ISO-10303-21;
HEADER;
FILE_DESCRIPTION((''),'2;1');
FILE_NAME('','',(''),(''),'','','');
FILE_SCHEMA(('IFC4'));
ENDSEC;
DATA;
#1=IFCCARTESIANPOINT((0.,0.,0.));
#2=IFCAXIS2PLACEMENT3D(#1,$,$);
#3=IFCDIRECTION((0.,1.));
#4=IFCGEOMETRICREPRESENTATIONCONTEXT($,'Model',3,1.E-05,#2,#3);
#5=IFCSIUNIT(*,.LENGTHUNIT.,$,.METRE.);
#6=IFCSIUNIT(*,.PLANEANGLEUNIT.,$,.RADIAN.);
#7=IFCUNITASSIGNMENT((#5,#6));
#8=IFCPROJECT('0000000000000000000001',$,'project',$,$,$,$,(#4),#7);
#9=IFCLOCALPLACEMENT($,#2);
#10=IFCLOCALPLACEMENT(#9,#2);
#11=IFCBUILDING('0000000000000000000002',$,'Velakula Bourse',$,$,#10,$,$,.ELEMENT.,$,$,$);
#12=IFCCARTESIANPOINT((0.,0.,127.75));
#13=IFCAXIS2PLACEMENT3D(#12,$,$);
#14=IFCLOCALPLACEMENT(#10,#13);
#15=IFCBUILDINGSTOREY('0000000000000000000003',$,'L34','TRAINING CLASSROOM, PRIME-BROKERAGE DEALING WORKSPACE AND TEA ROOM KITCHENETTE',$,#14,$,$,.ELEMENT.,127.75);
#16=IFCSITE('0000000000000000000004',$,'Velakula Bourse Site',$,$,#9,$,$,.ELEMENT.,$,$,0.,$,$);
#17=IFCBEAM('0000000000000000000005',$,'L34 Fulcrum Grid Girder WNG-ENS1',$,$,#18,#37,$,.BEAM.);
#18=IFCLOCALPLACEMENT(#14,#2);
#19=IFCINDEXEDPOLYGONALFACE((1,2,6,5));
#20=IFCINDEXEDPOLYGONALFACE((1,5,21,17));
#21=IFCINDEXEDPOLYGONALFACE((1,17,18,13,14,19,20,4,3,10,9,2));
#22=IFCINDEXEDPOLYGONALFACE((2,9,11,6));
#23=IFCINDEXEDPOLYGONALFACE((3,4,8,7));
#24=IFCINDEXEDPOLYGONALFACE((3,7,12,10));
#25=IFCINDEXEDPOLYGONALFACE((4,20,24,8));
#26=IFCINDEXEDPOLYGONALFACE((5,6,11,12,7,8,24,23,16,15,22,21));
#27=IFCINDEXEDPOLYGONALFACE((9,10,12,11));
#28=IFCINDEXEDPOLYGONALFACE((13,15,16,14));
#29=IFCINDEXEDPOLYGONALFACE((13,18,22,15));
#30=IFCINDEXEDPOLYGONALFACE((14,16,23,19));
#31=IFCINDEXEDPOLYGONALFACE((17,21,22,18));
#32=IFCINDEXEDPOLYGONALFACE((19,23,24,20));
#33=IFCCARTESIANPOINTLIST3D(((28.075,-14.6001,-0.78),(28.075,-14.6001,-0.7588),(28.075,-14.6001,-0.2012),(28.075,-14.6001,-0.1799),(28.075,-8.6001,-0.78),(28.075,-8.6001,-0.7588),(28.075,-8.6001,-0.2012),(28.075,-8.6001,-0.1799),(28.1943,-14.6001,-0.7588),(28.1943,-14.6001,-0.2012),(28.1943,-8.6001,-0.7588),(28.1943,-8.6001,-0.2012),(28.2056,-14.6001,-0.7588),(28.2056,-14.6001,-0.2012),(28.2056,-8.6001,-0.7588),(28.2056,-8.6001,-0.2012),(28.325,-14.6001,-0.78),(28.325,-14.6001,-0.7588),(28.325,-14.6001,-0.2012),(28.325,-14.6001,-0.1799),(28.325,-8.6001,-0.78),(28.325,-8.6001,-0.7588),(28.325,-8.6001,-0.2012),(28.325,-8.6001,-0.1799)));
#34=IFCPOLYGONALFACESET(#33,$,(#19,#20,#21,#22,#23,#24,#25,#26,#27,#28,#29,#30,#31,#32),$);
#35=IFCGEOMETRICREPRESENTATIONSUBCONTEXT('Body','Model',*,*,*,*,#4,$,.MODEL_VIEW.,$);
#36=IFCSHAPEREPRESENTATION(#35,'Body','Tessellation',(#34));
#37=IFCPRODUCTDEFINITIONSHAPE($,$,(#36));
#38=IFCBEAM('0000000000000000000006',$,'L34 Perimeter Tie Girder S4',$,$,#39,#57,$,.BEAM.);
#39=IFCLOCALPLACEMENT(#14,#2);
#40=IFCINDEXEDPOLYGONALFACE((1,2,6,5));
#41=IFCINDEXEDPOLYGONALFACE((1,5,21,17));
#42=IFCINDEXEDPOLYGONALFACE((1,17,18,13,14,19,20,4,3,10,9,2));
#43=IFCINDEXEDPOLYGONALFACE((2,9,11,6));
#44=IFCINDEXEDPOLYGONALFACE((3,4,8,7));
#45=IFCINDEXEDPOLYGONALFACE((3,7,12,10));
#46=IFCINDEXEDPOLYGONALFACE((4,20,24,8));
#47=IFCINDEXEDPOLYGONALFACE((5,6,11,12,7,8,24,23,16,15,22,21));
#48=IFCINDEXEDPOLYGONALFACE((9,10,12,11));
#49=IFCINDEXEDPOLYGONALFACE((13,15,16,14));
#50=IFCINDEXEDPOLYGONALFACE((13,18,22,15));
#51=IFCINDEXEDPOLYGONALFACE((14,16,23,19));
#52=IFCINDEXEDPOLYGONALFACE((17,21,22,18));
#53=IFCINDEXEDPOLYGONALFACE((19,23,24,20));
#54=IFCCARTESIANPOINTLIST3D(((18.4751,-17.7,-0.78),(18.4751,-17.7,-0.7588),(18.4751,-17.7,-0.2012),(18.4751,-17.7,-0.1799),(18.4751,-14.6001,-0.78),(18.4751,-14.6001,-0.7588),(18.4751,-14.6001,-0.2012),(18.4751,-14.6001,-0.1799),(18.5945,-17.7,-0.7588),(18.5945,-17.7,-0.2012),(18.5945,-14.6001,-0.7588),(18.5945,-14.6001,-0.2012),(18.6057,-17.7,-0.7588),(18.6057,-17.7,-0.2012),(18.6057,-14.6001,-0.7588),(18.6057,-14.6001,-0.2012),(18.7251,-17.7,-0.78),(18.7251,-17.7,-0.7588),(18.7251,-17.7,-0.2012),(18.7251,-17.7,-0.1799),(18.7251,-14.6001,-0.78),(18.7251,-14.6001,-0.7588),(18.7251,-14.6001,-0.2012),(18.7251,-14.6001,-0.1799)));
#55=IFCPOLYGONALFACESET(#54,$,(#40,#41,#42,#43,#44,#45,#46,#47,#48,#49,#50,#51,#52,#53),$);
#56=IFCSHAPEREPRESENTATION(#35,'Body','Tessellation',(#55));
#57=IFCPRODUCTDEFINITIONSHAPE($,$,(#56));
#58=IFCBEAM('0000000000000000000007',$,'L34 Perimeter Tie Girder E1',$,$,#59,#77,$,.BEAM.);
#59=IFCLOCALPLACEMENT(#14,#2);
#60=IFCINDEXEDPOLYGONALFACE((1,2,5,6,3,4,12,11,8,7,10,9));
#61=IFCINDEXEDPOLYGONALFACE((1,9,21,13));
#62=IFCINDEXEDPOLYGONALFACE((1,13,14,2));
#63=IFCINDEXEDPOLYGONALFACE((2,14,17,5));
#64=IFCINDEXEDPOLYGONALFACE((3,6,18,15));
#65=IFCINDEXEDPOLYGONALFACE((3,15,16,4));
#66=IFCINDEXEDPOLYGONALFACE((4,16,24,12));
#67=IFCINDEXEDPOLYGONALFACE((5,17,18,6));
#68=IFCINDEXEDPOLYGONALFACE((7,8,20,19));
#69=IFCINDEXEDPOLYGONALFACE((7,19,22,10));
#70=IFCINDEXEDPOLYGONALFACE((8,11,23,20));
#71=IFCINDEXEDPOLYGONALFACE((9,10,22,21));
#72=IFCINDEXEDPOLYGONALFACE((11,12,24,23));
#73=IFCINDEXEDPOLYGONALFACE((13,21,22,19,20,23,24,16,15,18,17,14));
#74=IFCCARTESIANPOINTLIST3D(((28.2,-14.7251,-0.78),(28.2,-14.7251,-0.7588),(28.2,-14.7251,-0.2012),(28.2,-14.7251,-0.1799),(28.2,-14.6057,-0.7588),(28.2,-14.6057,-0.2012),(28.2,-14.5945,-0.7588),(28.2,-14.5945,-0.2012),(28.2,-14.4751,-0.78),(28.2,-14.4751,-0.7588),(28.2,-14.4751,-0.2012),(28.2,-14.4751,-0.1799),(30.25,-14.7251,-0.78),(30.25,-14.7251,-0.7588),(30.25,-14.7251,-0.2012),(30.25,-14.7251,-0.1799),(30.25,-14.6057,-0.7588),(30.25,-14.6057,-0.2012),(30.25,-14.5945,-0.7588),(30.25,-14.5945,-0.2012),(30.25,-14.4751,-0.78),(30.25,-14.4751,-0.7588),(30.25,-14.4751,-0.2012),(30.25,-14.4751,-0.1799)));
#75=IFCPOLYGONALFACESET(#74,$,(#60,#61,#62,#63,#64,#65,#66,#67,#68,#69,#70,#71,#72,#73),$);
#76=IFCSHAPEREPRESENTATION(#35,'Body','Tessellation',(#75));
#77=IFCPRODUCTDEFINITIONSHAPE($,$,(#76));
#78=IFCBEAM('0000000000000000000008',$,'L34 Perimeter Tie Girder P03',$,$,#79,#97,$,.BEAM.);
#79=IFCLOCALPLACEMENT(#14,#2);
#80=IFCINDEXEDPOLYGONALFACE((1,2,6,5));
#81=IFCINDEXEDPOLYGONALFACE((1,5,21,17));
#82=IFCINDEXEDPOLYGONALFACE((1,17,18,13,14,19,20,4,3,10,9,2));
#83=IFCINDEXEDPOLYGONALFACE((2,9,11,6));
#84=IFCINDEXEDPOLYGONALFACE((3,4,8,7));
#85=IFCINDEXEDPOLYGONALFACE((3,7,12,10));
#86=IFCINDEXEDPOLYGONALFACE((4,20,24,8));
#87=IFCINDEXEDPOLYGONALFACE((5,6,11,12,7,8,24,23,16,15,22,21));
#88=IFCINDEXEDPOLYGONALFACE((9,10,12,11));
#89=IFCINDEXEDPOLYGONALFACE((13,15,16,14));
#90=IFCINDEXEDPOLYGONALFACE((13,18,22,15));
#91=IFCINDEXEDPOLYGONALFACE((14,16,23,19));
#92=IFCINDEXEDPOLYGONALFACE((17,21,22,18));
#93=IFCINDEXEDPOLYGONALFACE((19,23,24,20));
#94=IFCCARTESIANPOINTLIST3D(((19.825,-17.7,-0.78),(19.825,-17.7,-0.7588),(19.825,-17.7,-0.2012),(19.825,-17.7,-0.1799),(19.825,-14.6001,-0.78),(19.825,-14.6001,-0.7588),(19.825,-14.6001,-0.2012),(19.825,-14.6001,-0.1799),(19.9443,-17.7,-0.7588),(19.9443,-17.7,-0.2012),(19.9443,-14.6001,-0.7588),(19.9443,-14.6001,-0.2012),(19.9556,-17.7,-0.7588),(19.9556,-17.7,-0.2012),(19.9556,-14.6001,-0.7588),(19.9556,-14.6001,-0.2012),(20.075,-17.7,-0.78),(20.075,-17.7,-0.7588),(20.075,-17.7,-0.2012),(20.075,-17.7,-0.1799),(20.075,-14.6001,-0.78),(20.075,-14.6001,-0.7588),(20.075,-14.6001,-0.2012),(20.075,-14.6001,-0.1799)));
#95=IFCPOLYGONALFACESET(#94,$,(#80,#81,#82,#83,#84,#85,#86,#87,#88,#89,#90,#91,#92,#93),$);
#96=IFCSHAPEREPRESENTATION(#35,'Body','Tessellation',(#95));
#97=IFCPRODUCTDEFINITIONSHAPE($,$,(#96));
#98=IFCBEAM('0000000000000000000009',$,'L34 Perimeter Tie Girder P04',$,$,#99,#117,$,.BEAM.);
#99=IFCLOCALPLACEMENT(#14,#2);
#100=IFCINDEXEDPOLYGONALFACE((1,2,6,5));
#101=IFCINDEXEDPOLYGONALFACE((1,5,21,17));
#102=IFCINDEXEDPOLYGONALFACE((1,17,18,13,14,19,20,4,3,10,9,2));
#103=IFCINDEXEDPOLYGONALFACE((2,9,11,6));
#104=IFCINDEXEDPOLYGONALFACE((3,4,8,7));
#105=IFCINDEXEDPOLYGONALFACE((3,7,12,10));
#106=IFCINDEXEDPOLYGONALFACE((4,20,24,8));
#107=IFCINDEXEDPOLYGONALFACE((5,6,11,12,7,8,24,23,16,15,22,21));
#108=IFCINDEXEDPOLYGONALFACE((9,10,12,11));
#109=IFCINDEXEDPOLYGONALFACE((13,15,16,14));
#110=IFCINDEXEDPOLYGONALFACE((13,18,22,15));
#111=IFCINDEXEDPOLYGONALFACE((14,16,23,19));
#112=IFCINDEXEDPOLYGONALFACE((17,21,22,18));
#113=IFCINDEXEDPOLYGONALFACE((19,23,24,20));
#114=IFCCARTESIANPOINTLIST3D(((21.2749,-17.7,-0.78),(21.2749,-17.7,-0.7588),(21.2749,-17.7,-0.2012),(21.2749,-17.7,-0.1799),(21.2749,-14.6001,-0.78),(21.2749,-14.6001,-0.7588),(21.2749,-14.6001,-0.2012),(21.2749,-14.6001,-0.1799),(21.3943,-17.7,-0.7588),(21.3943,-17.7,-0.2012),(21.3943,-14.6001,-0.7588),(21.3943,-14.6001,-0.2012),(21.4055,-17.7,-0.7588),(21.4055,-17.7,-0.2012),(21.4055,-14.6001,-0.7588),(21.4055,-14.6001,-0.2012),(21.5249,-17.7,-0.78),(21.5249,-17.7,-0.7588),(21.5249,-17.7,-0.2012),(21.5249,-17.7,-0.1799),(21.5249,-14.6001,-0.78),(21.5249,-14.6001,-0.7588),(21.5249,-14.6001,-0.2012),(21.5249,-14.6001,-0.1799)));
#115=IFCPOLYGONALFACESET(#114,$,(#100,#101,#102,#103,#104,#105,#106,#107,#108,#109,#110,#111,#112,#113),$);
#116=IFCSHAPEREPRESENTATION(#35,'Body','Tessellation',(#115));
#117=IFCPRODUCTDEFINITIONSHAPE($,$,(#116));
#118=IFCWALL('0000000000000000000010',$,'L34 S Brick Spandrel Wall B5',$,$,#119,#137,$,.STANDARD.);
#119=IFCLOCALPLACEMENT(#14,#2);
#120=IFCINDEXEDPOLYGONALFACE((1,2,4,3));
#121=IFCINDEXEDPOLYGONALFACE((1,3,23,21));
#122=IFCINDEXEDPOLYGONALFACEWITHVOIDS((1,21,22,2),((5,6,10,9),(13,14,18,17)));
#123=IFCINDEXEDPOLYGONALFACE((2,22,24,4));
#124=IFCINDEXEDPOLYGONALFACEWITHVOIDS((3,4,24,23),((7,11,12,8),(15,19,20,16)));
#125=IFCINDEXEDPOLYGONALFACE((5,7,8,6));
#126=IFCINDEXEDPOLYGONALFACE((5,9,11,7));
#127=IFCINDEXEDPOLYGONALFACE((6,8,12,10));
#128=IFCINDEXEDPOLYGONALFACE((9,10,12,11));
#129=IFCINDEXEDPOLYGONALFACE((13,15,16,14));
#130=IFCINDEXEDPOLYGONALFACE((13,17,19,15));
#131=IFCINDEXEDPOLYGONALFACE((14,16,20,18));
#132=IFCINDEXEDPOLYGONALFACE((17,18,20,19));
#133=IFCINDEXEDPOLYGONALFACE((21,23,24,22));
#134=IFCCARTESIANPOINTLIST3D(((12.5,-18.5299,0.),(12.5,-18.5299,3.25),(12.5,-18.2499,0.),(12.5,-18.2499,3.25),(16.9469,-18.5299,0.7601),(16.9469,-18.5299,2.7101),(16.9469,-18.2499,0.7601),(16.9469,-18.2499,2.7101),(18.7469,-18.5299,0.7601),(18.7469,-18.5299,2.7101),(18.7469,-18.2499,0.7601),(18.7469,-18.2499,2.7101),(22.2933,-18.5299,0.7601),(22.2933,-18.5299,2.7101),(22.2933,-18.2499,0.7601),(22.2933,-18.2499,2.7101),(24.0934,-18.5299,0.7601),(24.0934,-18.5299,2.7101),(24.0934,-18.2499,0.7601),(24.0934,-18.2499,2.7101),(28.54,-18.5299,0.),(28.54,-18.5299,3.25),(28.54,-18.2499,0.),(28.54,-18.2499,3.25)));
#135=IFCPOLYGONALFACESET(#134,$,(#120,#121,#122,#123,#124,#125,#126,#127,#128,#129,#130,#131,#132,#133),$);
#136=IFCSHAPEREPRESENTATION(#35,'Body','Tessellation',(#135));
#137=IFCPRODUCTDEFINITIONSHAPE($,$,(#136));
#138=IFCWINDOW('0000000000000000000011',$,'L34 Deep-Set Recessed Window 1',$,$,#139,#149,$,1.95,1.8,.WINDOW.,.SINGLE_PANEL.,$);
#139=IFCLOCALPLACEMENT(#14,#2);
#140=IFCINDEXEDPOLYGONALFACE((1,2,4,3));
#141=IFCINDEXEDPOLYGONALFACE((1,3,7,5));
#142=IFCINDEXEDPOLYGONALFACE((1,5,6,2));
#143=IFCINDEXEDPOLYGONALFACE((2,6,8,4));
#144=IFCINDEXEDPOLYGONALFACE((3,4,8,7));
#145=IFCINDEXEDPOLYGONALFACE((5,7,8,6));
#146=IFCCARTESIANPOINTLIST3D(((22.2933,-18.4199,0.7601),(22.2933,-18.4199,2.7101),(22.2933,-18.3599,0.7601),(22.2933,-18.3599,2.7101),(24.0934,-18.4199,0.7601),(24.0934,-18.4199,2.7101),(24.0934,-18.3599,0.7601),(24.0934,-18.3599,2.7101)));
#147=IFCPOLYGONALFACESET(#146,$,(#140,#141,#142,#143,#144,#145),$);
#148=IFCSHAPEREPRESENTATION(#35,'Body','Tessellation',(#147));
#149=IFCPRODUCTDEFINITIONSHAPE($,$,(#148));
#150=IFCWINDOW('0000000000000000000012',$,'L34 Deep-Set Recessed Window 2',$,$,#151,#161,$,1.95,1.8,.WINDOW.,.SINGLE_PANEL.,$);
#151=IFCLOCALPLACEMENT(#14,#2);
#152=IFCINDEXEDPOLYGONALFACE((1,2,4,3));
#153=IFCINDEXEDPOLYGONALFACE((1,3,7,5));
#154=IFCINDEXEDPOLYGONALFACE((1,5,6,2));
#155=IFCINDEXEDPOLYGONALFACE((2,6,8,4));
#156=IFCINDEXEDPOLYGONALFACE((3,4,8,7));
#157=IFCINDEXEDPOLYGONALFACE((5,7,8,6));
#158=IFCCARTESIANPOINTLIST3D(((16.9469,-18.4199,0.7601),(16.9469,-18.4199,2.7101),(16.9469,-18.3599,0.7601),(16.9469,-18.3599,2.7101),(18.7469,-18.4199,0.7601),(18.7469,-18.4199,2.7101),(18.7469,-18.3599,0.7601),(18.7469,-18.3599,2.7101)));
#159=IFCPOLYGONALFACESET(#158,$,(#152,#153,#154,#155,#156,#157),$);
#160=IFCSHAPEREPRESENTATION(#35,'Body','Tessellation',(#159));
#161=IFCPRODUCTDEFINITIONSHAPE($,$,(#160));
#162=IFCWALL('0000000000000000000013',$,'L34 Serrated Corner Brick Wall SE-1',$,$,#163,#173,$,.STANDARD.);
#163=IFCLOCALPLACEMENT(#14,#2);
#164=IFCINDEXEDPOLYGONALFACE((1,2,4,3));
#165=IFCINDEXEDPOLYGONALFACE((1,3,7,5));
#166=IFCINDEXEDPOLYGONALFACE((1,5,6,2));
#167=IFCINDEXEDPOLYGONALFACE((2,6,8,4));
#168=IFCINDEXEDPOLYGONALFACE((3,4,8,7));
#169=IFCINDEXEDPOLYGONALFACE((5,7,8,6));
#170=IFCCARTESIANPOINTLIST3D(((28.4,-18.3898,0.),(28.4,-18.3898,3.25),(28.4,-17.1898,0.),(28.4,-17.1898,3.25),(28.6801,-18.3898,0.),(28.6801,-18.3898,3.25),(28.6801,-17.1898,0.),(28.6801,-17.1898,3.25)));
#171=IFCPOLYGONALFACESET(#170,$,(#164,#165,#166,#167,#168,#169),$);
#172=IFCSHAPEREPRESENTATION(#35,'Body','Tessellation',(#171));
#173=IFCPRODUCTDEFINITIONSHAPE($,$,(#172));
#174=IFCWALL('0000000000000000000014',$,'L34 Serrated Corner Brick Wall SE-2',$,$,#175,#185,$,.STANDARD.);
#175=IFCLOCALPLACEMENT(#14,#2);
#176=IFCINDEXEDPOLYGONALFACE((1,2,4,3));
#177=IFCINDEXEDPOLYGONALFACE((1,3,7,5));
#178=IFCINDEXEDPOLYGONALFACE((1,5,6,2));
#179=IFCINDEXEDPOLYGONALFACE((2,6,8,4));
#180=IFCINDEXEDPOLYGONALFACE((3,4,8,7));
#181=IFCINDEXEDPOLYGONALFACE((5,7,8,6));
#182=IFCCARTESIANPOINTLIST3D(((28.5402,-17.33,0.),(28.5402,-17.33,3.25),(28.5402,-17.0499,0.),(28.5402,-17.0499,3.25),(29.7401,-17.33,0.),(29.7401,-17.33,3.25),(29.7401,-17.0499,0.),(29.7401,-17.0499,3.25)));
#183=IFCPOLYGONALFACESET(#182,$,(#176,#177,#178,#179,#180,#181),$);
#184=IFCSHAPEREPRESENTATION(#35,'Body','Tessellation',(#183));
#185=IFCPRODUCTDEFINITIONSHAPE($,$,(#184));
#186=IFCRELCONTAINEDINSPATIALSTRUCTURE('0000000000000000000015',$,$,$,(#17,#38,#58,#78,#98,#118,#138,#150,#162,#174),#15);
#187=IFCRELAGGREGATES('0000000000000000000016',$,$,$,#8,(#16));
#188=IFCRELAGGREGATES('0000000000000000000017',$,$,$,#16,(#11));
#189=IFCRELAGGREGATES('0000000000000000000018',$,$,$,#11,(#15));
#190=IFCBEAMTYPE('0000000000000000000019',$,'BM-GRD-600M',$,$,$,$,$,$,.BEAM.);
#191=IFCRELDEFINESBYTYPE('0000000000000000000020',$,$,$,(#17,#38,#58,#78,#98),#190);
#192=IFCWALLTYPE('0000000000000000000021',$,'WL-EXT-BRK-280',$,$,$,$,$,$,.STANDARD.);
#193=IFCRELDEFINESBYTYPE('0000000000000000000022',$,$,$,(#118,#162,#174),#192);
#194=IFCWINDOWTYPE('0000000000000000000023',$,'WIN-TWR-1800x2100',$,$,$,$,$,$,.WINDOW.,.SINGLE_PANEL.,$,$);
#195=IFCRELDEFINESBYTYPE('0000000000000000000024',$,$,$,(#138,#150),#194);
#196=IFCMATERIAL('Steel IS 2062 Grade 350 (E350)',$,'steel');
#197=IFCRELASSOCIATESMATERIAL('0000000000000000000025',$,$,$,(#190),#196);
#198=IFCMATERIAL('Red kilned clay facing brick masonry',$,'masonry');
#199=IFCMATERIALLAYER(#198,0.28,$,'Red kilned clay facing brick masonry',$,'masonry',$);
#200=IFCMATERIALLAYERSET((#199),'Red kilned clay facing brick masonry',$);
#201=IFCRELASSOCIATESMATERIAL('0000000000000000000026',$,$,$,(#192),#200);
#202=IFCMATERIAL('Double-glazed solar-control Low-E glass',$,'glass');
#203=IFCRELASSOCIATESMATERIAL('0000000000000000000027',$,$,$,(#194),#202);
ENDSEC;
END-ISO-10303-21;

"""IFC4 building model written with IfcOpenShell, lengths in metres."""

from ifc_helpers import new_model, si_unit, direction, frame, frame_2d, origin, origin_2d, place, context, subcontext, project, spatial, rectangle, i_section, extrude, material, layer, layer_set, material_profile, profile_set, type_object, element, fill, save


model = new_model("IFC4")

# Units and contexts
model_context = context("Model", 3, precision=1e-05, world=origin(), true_north=direction((0.0, 1.0)))
body_context = subcontext(model_context, "Body", "Model", "MODEL_VIEW")
ifc_project = project(units=[si_unit("LENGTHUNIT", "METRE"), si_unit("PLANEANGLEUNIT", "RADIAN")], contexts=[model_context])

# Site, building, storey
site_placement = place(None, origin())
site = spatial("IfcSite", under=ifc_project, at=site_placement, Name="Velakula Bourse Site", CompositionType="ELEMENT", RefElevation=0.0)
building_placement = place(site_placement, origin())
building = spatial("IfcBuilding", under=site, at=building_placement, Name="Velakula Bourse", CompositionType="ELEMENT")
storey_placement = place(building_placement, frame((0.0, 0.0, 127.75)))
storey = spatial("IfcBuildingStorey", under=building, at=storey_placement, Name="L34", Description="TRAINING CLASSROOM, PRIME-BROKERAGE DEALING WORKSPACE AND TEA ROOM KITCHENETTE", CompositionType="ELEMENT", Elevation=127.75)

# Shared definitions
ifc_material_1 = material(Name="Steel IS 2062 Grade 350 (E350)", Category="steel")

# Beams
ifc_material_profile_1 = material_profile(ifc_material_1, i_section(OverallWidth=0.25, OverallDepth=0.6001, WebThickness=0.0112, FlangeThickness=0.0212, at=origin_2d()), Name="Steel IS 2062 Grade 350 (E350)")
ifc_profile_set_1 = profile_set([ifc_material_profile_1], Name="Steel IS 2062 Grade 350 (E350)")
beam_type = type_object("IfcBeamType", Name="BM-GRD-600M", PredefinedType="BEAM", material=ifc_profile_set_1)
beam_1_placement = place(storey_placement, frame((28.2, -14.6001, -0.48), z_axis=(0.0, 1.0, 0.0), x_axis=(-1.0, 0.0, 0.0)))
element("IfcBeam", 1, at=beam_1_placement, inside=storey, type_object=beam_type, Name="L34 Fulcrum Grid Girder WNG-ENS1", PredefinedType="BEAM", context=body_context, shape_type="SweptSolid", body=[
    extrude(i_section(OverallWidth=0.25, OverallDepth=0.6001, WebThickness=0.0112, FlangeThickness=0.0212, at=origin_2d()), origin(), (0.0, 0.0, 1.0), 6.0),
])
beam_2_placement = place(storey_placement, frame((18.6001, -14.6001, -0.48), z_axis=(0.0, -1.0, 0.0), x_axis=(1.0, 0.0, 0.0)))
element("IfcBeam", 2, at=beam_2_placement, inside=storey, type_object=beam_type, Name="L34 Perimeter Tie Girder S4", PredefinedType="BEAM", context=body_context, shape_type="SweptSolid", body=[
    extrude(i_section(OverallWidth=0.25, OverallDepth=0.6001, WebThickness=0.0112, FlangeThickness=0.0212, at=origin_2d()), origin(), (0.0, 0.0, 1.0), 3.0999),
])
beam_3_placement = place(storey_placement, frame((28.2, -14.6001, -0.48), z_axis=(1.0, 0.0, 0.0), x_axis=(0.0, 1.0, 0.0)))
element("IfcBeam", 3, at=beam_3_placement, inside=storey, type_object=beam_type, Name="L34 Perimeter Tie Girder E1", PredefinedType="BEAM", context=body_context, shape_type="SweptSolid", body=[
    extrude(i_section(OverallWidth=0.25, OverallDepth=0.6001, WebThickness=0.0112, FlangeThickness=0.0212, at=origin_2d()), origin(), (0.0, 0.0, 1.0), 2.05),
])
for number, where, z_axis, x_axis, name in (
    (4, (19.95, -14.6001, -0.48), (0.0, -1.0, 0.0), (1.0, 0.0, 0.0), "L34 Perimeter Tie Girder P03"),
    (5, (21.3999, -14.6001, -0.48), (0.0, -1.0, 0.0), (1.0, 0.0, 0.0), "L34 Perimeter Tie Girder P04"),
):
    element("IfcBeam", number, at=place(storey_placement, frame(where, z_axis=z_axis, x_axis=x_axis)), inside=storey, type_object=beam_type, Name=name, PredefinedType="BEAM", context=body_context, shape_type="SweptSolid", body=[
        extrude(i_section(OverallWidth=0.25, OverallDepth=0.6001, WebThickness=0.0112, FlangeThickness=0.0212, at=origin_2d()), origin(), (0.0, 0.0, 1.0), 3.0999),
    ])

# Wall, openings, windows
ifc_material_2 = material(Name="Red kilned clay facing brick masonry", Category="masonry")
ifc_layer = layer(ifc_material_2, 0.28, Name="Red kilned clay facing brick masonry", Category="masonry")
ifc_layer_set = layer_set([ifc_layer], Name="Red kilned clay facing brick masonry")
wall_type = type_object("IfcWallType", Name="WL-EXT-BRK-280", PredefinedType="STANDARD", material=ifc_layer_set)
wall_placement = place(storey_placement, frame((28.54, -18.3899, 0.0), z_axis=(0.0, 0.0, 1.0), x_axis=(-1.0, 0.0, 0.0)))
wall = element("IfcWall", 6, at=wall_placement, inside=storey, type_object=wall_type, Name="L34 S Brick Spandrel Wall B5", PredefinedType="STANDARD", context=body_context, shape_type="SweptSolid", body=[
    extrude(rectangle(XDim=16.04, YDim=0.28, at=frame_2d((8.02, 0.0))), origin(), (0.0, 0.0, 1.0), 3.25),
])
opening_1_placement = place(wall_placement, frame((4.4468, 0.0, 0.76)))
opening_1 = element("IfcOpeningElement", 7, at=opening_1_placement, cuts=wall, PredefinedType="OPENING", context=body_context, shape_type="SweptSolid", body=[
    extrude(rectangle(XDim=1.8, YDim=1.95, at=frame_2d((0.8999, 0.9751))), frame((0.0, 0.1499, 0.0), z_axis=(0.0, -1.0, 0.0), x_axis=(1.0, 0.0, 0.0)), (0.0, 0.0, 1.0), 0.3),
])
opening_2_placement = place(wall_placement, frame((9.7932, 0.0, 0.76)))
opening_2 = element("IfcOpeningElement", 8, at=opening_2_placement, cuts=wall, PredefinedType="OPENING", context=body_context, shape_type="SweptSolid", body=[
    extrude(rectangle(XDim=1.8, YDim=1.95, at=frame_2d((0.8999, 0.9751))), frame((0.0, 0.1499, 0.0), z_axis=(0.0, -1.0, 0.0), x_axis=(1.0, 0.0, 0.0)), (0.0, 0.0, 1.0), 0.3),
])
ifc_material_3 = material(Name="Double-glazed solar-control Low-E glass", Category="glass")
window_type = type_object("IfcWindowType", Name="WIN-TWR-1800x2100", PartitioningType="SINGLE_PANEL", PredefinedType="WINDOW", material=ifc_material_3)
window_1_placement = place(opening_1_placement, origin())
window_1 = element("IfcWindow", 9, at=window_1_placement, inside=storey, type_object=window_type, Name="L34 Deep-Set Recessed Window 1", OverallHeight=1.95, OverallWidth=1.8, PartitioningType="SINGLE_PANEL", PredefinedType="WINDOW", context=body_context, shape_type="SweptSolid", body=[
    extrude(rectangle(XDim=1.8, YDim=1.95, at=frame_2d((0.8999, 0.9751))), frame((0.0, 0.03, 0.0), z_axis=(0.0, -1.0, 0.0), x_axis=(1.0, 0.0, 0.0)), (0.0, 0.0, 1.0), 0.0601),
])
fill(opening_1, window_1)
window_2_placement = place(opening_2_placement, origin())
window_2 = element("IfcWindow", 10, at=window_2_placement, inside=storey, type_object=window_type, Name="L34 Deep-Set Recessed Window 2", OverallHeight=1.95, OverallWidth=1.8, PartitioningType="SINGLE_PANEL", PredefinedType="WINDOW", context=body_context, shape_type="SweptSolid", body=[
    extrude(rectangle(XDim=1.8, YDim=1.95, at=frame_2d((0.8999, 0.9751))), frame((0.0, 0.03, 0.0), z_axis=(0.0, -1.0, 0.0), x_axis=(1.0, 0.0, 0.0)), (0.0, 0.0, 1.0), 0.0601),
])
fill(opening_2, window_2)

# Walls
for number, where, z_axis, x_axis, name in (
    (11, (28.54, -18.3899, 0.0), (0.0, 0.0, 1.0), (0.0, 1.0, 0.0), "L34 Serrated Corner Brick Wall SE-1"),
    (12, (28.54, -17.1899, 0.0), (0.0, 0.0, 1.0), (1.0, 0.0, 0.0), "L34 Serrated Corner Brick Wall SE-2"),
):
    element("IfcWall", number, at=place(storey_placement, frame(where, z_axis=z_axis, x_axis=x_axis)), inside=storey, type_object=wall_type, Name=name, PredefinedType="STANDARD", context=body_context, shape_type="SweptSolid", body=[
        extrude(rectangle(XDim=1.2, YDim=0.28, at=frame_2d((0.6001, 0.0))), origin(), (0.0, 0.0, 1.0), 3.25),
    ])

save(model, "model.ifc")
